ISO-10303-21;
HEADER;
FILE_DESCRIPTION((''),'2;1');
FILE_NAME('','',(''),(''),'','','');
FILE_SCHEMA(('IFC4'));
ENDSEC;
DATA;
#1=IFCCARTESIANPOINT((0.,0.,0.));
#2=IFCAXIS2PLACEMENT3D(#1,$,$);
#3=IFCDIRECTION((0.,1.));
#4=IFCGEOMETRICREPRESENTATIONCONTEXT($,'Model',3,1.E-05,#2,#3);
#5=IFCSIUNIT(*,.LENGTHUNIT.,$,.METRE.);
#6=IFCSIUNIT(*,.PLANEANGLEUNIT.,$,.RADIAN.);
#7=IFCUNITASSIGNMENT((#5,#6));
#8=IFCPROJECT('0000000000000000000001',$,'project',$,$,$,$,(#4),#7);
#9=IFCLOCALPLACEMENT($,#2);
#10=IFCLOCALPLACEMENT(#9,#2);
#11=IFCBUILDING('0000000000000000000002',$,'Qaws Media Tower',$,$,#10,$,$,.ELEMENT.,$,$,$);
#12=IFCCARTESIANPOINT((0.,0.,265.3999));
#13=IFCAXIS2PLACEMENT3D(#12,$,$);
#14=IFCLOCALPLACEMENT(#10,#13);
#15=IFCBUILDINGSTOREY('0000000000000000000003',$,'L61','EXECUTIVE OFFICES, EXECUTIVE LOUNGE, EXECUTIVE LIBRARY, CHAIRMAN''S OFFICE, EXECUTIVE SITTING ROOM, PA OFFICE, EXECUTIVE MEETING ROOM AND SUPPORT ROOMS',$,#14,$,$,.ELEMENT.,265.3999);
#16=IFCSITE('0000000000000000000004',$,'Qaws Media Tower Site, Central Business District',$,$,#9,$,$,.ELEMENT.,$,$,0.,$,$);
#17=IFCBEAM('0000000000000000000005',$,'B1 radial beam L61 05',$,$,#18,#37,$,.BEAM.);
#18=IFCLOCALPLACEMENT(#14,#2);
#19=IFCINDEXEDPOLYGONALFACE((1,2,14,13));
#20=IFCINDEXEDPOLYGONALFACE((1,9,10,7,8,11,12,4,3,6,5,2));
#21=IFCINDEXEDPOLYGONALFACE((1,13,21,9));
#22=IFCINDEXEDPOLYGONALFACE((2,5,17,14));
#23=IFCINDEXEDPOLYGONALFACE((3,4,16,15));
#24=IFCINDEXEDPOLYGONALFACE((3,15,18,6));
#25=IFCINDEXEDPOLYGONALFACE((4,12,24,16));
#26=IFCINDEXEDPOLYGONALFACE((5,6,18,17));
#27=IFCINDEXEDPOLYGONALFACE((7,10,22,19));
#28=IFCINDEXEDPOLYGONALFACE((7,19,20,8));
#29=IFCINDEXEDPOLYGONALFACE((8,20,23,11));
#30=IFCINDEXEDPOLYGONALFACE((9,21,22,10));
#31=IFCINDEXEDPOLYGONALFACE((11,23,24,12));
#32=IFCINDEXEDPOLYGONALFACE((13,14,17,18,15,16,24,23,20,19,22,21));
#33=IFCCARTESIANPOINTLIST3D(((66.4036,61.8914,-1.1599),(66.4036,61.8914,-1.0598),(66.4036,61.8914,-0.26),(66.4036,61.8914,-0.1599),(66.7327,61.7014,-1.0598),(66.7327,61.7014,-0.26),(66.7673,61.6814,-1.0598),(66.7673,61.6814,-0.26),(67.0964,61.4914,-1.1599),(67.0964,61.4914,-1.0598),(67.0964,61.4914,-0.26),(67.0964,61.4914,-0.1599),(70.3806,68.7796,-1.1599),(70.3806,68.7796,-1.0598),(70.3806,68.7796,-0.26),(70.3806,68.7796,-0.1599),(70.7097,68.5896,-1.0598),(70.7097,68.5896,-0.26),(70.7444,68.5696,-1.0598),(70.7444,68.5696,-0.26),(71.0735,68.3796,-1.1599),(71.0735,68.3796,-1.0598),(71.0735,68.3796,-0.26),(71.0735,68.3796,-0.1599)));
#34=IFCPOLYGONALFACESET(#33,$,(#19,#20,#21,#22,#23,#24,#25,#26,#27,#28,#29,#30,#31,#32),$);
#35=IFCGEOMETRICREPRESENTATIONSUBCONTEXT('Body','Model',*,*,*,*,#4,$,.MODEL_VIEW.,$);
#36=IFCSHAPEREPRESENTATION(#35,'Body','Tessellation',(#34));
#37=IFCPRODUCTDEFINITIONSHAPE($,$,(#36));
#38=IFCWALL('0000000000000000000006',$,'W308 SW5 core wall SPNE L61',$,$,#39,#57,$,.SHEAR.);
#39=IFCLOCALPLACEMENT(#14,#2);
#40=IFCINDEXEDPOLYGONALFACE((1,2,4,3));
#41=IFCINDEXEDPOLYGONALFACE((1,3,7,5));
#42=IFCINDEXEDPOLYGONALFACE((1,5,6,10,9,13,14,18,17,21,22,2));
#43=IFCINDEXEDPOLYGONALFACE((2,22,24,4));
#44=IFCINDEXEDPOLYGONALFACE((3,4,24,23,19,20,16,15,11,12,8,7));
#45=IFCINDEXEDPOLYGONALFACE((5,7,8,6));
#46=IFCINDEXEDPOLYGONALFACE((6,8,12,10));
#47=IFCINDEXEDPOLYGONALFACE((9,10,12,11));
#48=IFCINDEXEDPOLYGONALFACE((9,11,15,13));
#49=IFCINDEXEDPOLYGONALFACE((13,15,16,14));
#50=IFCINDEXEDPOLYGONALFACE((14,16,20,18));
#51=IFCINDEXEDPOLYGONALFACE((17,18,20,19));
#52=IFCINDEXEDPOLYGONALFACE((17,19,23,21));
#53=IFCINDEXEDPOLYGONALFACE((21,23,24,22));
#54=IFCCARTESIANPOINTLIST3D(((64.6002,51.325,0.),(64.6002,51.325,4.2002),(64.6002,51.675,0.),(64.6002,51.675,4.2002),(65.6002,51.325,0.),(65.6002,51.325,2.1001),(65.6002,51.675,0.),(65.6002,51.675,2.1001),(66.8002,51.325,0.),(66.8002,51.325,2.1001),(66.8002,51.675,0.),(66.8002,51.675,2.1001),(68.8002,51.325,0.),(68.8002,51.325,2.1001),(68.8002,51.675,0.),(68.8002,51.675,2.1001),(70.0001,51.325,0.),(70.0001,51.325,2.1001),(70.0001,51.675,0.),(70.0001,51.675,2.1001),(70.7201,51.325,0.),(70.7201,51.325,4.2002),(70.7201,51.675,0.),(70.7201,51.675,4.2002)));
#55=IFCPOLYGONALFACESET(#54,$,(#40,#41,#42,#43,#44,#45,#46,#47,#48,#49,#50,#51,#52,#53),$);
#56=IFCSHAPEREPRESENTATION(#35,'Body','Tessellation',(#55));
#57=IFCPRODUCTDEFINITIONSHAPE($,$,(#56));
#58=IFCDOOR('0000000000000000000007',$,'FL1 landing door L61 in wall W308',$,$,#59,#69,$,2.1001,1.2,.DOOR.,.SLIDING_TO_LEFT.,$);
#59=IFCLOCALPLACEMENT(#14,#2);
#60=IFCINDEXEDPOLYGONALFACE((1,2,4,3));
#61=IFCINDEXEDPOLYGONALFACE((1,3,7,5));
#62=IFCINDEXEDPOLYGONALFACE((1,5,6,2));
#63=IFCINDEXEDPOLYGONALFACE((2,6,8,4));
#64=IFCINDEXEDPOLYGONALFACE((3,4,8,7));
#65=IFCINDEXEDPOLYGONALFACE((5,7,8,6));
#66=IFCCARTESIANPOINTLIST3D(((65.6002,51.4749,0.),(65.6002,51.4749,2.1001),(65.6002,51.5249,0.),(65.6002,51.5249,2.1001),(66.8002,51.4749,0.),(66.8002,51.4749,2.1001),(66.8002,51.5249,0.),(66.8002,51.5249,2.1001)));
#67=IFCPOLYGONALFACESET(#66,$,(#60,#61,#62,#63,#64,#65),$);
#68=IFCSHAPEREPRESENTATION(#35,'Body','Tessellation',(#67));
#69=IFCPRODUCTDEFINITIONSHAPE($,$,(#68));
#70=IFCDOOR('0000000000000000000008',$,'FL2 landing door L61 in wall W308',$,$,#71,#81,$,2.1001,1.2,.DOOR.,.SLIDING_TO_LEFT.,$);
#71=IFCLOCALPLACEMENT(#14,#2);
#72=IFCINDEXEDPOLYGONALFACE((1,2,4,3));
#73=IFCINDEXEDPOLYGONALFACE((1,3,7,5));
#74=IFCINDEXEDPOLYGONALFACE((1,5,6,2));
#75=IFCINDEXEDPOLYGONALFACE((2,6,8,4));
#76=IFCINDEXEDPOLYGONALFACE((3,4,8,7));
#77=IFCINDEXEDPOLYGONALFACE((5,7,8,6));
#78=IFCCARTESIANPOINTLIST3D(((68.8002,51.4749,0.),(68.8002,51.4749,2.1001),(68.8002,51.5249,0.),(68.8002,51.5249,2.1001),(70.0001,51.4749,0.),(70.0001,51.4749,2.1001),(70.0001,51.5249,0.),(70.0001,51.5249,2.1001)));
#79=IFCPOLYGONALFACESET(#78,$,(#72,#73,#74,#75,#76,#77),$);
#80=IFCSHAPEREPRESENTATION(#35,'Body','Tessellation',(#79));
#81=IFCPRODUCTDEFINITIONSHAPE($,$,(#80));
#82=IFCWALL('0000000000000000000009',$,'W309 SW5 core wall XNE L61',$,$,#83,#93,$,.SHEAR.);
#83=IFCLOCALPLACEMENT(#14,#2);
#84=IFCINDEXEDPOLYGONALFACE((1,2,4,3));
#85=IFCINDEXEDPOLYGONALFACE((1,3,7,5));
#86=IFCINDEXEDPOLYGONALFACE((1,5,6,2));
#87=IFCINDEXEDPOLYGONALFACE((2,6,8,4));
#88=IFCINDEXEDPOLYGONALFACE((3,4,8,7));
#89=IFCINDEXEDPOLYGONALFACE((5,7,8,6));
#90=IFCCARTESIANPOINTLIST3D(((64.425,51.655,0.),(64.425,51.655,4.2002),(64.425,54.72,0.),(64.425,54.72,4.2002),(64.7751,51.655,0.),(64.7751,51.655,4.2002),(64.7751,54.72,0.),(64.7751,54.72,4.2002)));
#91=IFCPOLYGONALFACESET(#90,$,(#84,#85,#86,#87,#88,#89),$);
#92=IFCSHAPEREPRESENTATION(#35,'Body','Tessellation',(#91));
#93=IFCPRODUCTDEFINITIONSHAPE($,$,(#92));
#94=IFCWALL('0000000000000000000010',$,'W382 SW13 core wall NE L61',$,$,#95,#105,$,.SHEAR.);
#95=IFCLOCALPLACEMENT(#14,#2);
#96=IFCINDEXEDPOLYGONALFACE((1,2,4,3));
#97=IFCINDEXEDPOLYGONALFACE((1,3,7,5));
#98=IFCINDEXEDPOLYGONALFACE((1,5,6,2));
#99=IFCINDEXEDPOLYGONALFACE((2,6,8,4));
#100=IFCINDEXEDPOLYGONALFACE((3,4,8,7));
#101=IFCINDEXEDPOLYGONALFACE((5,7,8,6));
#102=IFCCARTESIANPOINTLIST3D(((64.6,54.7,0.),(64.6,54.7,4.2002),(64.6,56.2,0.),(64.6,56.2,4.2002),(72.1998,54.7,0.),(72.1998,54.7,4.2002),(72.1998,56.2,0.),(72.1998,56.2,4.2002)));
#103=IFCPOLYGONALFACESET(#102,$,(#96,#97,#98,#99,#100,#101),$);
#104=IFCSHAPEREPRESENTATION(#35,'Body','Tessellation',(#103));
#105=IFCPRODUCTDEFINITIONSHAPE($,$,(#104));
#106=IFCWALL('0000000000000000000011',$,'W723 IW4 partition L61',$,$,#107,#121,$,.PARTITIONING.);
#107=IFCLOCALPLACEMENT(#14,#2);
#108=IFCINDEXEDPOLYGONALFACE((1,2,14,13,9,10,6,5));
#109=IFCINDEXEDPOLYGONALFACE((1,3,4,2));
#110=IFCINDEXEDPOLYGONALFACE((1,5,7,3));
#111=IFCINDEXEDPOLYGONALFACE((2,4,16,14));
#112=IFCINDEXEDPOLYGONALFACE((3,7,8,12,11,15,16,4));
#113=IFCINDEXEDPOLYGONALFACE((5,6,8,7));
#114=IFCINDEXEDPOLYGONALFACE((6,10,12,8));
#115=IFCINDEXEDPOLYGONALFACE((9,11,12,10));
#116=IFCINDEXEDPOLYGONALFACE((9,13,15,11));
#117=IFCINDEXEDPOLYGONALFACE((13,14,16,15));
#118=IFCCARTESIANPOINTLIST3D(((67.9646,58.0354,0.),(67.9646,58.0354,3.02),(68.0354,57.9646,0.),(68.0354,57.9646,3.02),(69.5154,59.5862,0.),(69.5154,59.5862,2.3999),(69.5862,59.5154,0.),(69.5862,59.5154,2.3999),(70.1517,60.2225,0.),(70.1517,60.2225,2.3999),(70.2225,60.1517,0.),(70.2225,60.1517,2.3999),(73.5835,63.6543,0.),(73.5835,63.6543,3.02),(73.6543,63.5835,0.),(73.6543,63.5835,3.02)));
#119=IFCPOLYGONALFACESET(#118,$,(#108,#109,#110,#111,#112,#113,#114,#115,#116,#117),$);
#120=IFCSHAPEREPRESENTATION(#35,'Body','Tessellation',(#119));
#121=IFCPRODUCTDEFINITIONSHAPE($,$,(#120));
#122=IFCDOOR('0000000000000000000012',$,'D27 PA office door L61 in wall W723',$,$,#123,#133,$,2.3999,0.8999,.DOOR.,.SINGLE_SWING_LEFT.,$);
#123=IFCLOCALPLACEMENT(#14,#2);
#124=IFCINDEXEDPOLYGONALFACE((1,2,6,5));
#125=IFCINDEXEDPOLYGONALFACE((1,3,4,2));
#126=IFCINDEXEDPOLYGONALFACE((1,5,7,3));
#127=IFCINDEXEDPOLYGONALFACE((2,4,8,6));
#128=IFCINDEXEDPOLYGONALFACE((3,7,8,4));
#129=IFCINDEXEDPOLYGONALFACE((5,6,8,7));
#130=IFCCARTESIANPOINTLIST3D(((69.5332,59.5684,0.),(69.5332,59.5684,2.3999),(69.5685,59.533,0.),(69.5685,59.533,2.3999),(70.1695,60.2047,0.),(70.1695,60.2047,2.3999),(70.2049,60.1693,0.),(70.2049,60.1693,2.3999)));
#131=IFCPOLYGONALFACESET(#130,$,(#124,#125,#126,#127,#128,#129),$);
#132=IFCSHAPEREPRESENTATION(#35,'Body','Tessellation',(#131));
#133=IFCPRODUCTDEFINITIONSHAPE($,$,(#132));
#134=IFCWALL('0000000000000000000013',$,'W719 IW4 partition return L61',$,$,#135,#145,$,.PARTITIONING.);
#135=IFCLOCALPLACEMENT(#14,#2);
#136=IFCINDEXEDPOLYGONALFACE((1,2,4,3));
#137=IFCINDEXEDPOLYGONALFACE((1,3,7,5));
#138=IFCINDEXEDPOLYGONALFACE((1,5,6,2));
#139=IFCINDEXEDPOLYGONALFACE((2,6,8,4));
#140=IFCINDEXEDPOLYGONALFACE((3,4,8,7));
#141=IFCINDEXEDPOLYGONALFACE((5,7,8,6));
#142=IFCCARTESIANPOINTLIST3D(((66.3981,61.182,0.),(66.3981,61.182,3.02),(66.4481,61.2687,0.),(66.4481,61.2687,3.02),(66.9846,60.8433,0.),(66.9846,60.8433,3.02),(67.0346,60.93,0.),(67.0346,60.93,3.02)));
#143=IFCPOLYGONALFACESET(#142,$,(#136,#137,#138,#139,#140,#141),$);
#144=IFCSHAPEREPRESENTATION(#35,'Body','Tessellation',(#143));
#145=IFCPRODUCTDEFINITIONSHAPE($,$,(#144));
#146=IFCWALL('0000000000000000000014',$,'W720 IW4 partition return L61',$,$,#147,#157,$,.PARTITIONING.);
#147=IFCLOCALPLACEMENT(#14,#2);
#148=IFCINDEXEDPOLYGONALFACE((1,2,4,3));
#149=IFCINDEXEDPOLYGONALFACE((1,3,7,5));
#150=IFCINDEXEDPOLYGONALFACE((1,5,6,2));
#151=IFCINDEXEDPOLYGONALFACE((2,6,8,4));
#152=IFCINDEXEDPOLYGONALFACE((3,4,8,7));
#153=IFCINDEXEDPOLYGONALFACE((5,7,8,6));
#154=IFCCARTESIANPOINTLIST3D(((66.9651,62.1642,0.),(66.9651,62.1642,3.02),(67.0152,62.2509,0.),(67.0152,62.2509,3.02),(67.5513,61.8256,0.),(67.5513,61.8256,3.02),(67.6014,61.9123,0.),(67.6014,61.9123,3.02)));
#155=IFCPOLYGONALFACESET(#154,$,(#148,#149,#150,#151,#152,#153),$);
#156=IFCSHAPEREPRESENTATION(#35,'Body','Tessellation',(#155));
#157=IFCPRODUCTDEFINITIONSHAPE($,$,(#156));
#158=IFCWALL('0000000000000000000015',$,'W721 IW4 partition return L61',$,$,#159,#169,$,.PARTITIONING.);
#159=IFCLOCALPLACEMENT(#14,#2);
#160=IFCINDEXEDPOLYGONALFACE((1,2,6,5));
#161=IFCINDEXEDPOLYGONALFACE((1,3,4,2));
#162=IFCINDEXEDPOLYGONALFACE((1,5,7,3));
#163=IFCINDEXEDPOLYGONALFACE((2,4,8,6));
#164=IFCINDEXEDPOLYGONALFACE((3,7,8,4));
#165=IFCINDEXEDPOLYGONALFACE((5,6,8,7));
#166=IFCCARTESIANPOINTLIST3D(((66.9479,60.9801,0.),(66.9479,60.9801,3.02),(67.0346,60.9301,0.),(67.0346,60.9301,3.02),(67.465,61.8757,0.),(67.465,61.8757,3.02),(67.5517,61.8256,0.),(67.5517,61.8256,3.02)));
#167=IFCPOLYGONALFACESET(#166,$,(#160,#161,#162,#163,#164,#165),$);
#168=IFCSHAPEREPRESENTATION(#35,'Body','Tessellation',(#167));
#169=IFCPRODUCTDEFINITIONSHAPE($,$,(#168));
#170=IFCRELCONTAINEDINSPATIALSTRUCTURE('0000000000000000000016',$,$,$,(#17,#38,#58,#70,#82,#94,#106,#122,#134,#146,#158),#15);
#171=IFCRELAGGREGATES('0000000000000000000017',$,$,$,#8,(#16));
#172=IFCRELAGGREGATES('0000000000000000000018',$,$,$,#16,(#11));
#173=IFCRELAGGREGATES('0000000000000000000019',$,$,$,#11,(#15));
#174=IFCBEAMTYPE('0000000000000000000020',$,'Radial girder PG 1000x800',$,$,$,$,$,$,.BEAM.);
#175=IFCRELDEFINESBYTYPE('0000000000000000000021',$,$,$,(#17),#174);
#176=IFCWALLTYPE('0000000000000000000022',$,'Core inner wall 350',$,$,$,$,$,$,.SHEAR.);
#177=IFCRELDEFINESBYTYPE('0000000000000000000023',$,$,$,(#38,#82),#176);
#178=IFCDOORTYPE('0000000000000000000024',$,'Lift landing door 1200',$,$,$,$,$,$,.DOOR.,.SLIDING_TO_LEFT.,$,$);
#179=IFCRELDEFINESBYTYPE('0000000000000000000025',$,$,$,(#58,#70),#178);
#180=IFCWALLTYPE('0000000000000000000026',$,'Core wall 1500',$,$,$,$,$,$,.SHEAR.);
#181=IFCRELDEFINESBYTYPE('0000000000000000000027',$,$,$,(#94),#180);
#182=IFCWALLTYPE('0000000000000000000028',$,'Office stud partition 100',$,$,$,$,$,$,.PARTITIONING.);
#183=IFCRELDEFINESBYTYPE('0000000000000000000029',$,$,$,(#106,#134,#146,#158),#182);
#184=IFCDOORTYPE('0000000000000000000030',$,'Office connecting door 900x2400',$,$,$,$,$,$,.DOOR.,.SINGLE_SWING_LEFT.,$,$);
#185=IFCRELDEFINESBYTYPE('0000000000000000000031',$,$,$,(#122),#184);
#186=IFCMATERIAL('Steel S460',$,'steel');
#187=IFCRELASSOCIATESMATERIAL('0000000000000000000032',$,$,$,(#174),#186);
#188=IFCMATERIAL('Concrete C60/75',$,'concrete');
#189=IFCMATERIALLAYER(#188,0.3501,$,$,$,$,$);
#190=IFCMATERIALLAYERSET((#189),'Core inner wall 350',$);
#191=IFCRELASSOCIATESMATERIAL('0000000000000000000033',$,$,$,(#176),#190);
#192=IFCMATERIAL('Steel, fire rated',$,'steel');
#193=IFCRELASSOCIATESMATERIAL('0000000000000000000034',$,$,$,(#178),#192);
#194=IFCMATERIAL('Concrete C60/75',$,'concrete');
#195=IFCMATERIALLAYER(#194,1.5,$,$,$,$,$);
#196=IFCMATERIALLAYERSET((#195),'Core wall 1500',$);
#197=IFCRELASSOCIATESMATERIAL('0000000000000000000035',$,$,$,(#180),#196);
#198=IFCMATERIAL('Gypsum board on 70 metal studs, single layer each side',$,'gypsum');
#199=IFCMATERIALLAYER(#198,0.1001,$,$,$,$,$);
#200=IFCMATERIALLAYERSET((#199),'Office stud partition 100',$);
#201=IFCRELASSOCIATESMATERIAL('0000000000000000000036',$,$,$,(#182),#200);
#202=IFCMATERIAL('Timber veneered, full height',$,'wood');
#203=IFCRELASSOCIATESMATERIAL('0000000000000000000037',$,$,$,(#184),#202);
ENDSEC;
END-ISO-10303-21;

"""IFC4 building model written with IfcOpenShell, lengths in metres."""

from ifc_helpers import new_model, si_unit, direction, frame, frame_2d, origin, origin_2d, place, context, subcontext, project, spatial, rectangle, i_section, extrude, material, layer, layer_set, material_profile, profile_set, type_object, element, fill, save


model = new_model("IFC4")

# Units and contexts
model_context = context("Model", 3, precision=1e-05, world=origin(), true_north=direction((0.0, 1.0)))
body_context = subcontext(model_context, "Body", "Model", "MODEL_VIEW")
ifc_project = project(units=[si_unit("LENGTHUNIT", "METRE"), si_unit("PLANEANGLEUNIT", "RADIAN")], contexts=[model_context])

# Site, building, storey
site_placement = place(None, origin())
site = spatial("IfcSite", under=ifc_project, at=site_placement, Name="Qaws Media Tower Site, Central Business District", CompositionType="ELEMENT", RefElevation=0.0)
building_placement = place(site_placement, origin())
building = spatial("IfcBuilding", under=site, at=building_placement, Name="Qaws Media Tower", CompositionType="ELEMENT")
storey_placement = place(building_placement, frame((0.0, 0.0, 265.3999)))
storey = spatial("IfcBuildingStorey", under=building, at=storey_placement, Name="L61", Description="EXECUTIVE OFFICES, EXECUTIVE LOUNGE, EXECUTIVE LIBRARY, CHAIRMAN'S OFFICE, EXECUTIVE SITTING ROOM, PA OFFICE, EXECUTIVE MEETING ROOM AND SUPPORT ROOMS", CompositionType="ELEMENT", Elevation=265.3999)

# Beam
ifc_material_1 = material(Name="Steel S460", Category="steel")
ifc_material_profile_1 = material_profile(ifc_material_1, i_section(OverallWidth=0.8, OverallDepth=1.0, WebThickness=0.04, FlangeThickness=0.1001, at=origin_2d()), Name="PG 1000x800")
ifc_profile_set_1 = profile_set([ifc_material_profile_1], Name="Steel S460")
beam_type_1 = type_object("IfcBeamType", Name="Radial girder PG 1000x800", PredefinedType="BEAM", material=ifc_profile_set_1)
beam_1_placement = place(storey_placement, frame((66.75, 61.6914, -0.6599), z_axis=(0.500015, 0.866017, 0.0), x_axis=(-0.866017, 0.500015, 0.0)))
element("IfcBeam", 1, at=beam_1_placement, inside=storey, type_object=beam_type_1, Name="B1 radial beam L61 05", PredefinedType="BEAM", context=body_context, shape_type="SweptSolid", body=[
    extrude(i_section(OverallWidth=0.8, OverallDepth=1.0, WebThickness=0.04, FlangeThickness=0.1001, at=origin_2d()), origin(), (0.0, 0.0, 1.0), 7.9539),
])

# Wall, openings, doors
ifc_material_2 = material(Name="Concrete C60/75", Category="concrete")
ifc_layer_1 = layer(ifc_material_2, 0.3501)
ifc_layer_set_1 = layer_set([ifc_layer_1], Name="Core inner wall 350")
wall_type_1 = type_object("IfcWallType", Name="Core inner wall 350", PredefinedType="SHEAR", material=ifc_layer_set_1)
wall_1_placement = place(storey_placement, frame((64.6001, 51.5, 0.0), z_axis=(0.0, 0.0, 1.0), x_axis=(1.0, 0.0, 0.0)))
wall_1 = element("IfcWall", 2, at=wall_1_placement, inside=storey, type_object=wall_type_1, Name="W308 SW5 core wall SPNE L61", PredefinedType="SHEAR", context=body_context, shape_type="SweptSolid", body=[
    extrude(rectangle(XDim=6.1199, YDim=0.3501, at=frame_2d((3.0601, 0.0))), origin(), (0.0, 0.0, 1.0), 4.2002),
])
opening_1_placement = place(wall_1_placement, frame((1.0, 0.0, 0.0)))
opening_1 = element("IfcOpeningElement", 3, at=opening_1_placement, cuts=wall_1, PredefinedType="OPENING", context=body_context, shape_type="SweptSolid", body=[
    extrude(rectangle(XDim=1.2, YDim=2.1001, at=frame_2d((0.6001, 1.05))), frame((0.0, 0.1851, 0.0), z_axis=(0.0, -1.0, 0.0), x_axis=(1.0, 0.0, 0.0)), (0.0, 0.0, 1.0), 0.3701),
])
opening_2_placement = place(wall_1_placement, frame((4.2, 0.0, 0.0)))
opening_2 = element("IfcOpeningElement", 4, at=opening_2_placement, cuts=wall_1, PredefinedType="OPENING", context=body_context, shape_type="SweptSolid", body=[
    extrude(rectangle(XDim=1.2, YDim=2.1001, at=frame_2d((0.6001, 1.05))), frame((0.0, 0.1851, 0.0), z_axis=(0.0, -1.0, 0.0), x_axis=(1.0, 0.0, 0.0)), (0.0, 0.0, 1.0), 0.3701),
])
ifc_material_3 = material(Name="Steel, fire rated", Category="steel")
door_type_1 = type_object("IfcDoorType", Name="Lift landing door 1200", OperationType="SLIDING_TO_LEFT", PredefinedType="DOOR", material=ifc_material_3)
door_1_placement = place(opening_1_placement, origin())
door_1 = element("IfcDoor", 5, at=door_1_placement, inside=storey, type_object=door_type_1, Name="FL1 landing door L61 in wall W308", OperationType="SLIDING_TO_LEFT", OverallHeight=2.1001, OverallWidth=1.2, PredefinedType="DOOR", context=body_context, shape_type="SweptSolid", body=[
    extrude(rectangle(XDim=1.2, YDim=2.1001, at=frame_2d((0.6001, 1.05))), frame((0.0, 0.0249, 0.0), z_axis=(0.0, -1.0, 0.0), x_axis=(1.0, 0.0, 0.0)), (0.0, 0.0, 1.0), 0.05),
])
fill(opening_1, door_1)
door_2_placement = place(opening_2_placement, origin())
door_2 = element("IfcDoor", 6, at=door_2_placement, inside=storey, type_object=door_type_1, Name="FL2 landing door L61 in wall W308", OperationType="SLIDING_TO_LEFT", OverallHeight=2.1001, OverallWidth=1.2, PredefinedType="DOOR", context=body_context, shape_type="SweptSolid", body=[
    extrude(rectangle(XDim=1.2, YDim=2.1001, at=frame_2d((0.6001, 1.05))), frame((0.0, 0.0249, 0.0), z_axis=(0.0, -1.0, 0.0), x_axis=(1.0, 0.0, 0.0)), (0.0, 0.0, 1.0), 0.05),
])
fill(opening_2, door_2)

# Walls
wall_2_placement = place(storey_placement, frame((64.6001, 51.655, 0.0), z_axis=(0.0, 0.0, 1.0), x_axis=(0.0, 1.0, 0.0)))
element("IfcWall", 7, at=wall_2_placement, inside=storey, type_object=wall_type_1, Name="W309 SW5 core wall XNE L61", PredefinedType="SHEAR", context=body_context, shape_type="SweptSolid", body=[
    extrude(rectangle(XDim=3.0649, YDim=0.3501, at=frame_2d((1.5325, 0.0))), origin(), (0.0, 0.0, 1.0), 4.2002),
])
ifc_material_4 = material(Name="Concrete C60/75", Category="concrete")
ifc_layer_2 = layer(ifc_material_4, 1.5)
ifc_layer_set_2 = layer_set([ifc_layer_2], Name="Core wall 1500")
wall_type_2 = type_object("IfcWallType", Name="Core wall 1500", PredefinedType="SHEAR", material=ifc_layer_set_2)
wall_3_placement = place(storey_placement, frame((64.6001, 55.45, 0.0), z_axis=(0.0, 0.0, 1.0), x_axis=(1.0, 0.0, 0.0)))
element("IfcWall", 8, at=wall_3_placement, inside=storey, type_object=wall_type_2, Name="W382 SW13 core wall NE L61", PredefinedType="SHEAR", context=body_context, shape_type="SweptSolid", body=[
    extrude(rectangle(XDim=7.5999, YDim=1.5, at=frame_2d((3.7998, 0.0))), origin(), (0.0, 0.0, 1.0), 4.2002),
])

# Wall, opening, door
ifc_material_5 = material(Name="Gypsum board on 70 metal studs, single layer each side", Category="gypsum")
ifc_layer_3 = layer(ifc_material_5, 0.1001)
ifc_layer_set_3 = layer_set([ifc_layer_3], Name="Office stud partition 100")
wall_type_3 = type_object("IfcWallType", Name="Office stud partition 100", PredefinedType="PARTITIONING", material=ifc_layer_set_3)
wall_4_placement = place(storey_placement, frame((68.0, 58.0, 0.0), z_axis=(0.0, 0.0, 1.0), x_axis=(0.707107, 0.707107, 0.0)))
wall_4 = element("IfcWall", 9, at=wall_4_placement, inside=storey, type_object=wall_type_3, Name="W723 IW4 partition L61", PredefinedType="PARTITIONING", context=body_context, shape_type="SweptSolid", body=[
    extrude(rectangle(XDim=7.9463, YDim=0.1001, at=frame_2d((3.9731, 0.0))), origin(), (0.0, 0.0, 1.0), 3.02),
])
opening_3_placement = place(wall_4_placement, frame((2.1931, 0.0, 0.0)))
opening_3 = element("IfcOpeningElement", 10, at=opening_3_placement, cuts=wall_4, PredefinedType="OPENING", context=body_context, shape_type="SweptSolid", body=[
    extrude(rectangle(XDim=0.8999, YDim=2.3999, at=frame_2d((0.45, 1.2))), frame((0.0, 0.0601, 0.0), z_axis=(0.0, -1.0, 0.0), x_axis=(1.0, 0.0, 0.0)), (0.0, 0.0, 1.0), 0.1201),
])
ifc_material_6 = material(Name="Timber veneered, full height", Category="wood")
door_type_2 = type_object("IfcDoorType", Name="Office connecting door 900x2400", OperationType="SINGLE_SWING_LEFT", PredefinedType="DOOR", material=ifc_material_6)
door_3_placement = place(opening_3_placement, origin())
door_3 = element("IfcDoor", 11, at=door_3_placement, inside=storey, type_object=door_type_2, Name="D27 PA office door L61 in wall W723", OperationType="SINGLE_SWING_LEFT", OverallHeight=2.3999, OverallWidth=0.8999, PredefinedType="DOOR", context=body_context, shape_type="SweptSolid", body=[
    extrude(rectangle(XDim=0.8999, YDim=2.3999, at=frame_2d((0.45, 1.2))), frame((0.0, 0.0249, 0.0), z_axis=(0.0, -1.0, 0.0), x_axis=(1.0, 0.0, 0.0)), (0.0, 0.0, 1.0), 0.05),
])
fill(opening_3, door_3)

# Walls
wall_5_placement = place(storey_placement, frame((66.4231, 61.2253, 0.0), z_axis=(0.0, 0.0, 1.0), x_axis=(0.865993, -0.500055, 0.0)))
element("IfcWall", 12, at=wall_5_placement, inside=storey, type_object=wall_type_3, Name="W719 IW4 partition return L61", PredefinedType="PARTITIONING", context=body_context, shape_type="SweptSolid", body=[
    extrude(rectangle(XDim=0.6772, YDim=0.1001, at=frame_2d((0.3386, 0.0))), origin(), (0.0, 0.0, 1.0), 3.02),
])
wall_6_placement = place(storey_placement, frame((66.9902, 62.2075, 0.0), z_axis=(0.0, 0.0, 1.0), x_axis=(0.865903, -0.500212, 0.0)))
element("IfcWall", 13, at=wall_6_placement, inside=storey, type_object=wall_type_3, Name="W720 IW4 partition return L61", PredefinedType="PARTITIONING", context=body_context, shape_type="SweptSolid", body=[
    extrude(rectangle(XDim=0.677, YDim=0.1001, at=frame_2d((0.3384, 0.0))), origin(), (0.0, 0.0, 1.0), 3.02),
])
wall_7_placement = place(storey_placement, frame((66.9912, 60.9551, 0.0), z_axis=(0.0, 0.0, 1.0), x_axis=(0.500049, 0.865997, 0.0)))
element("IfcWall", 14, at=wall_7_placement, inside=storey, type_object=wall_type_3, Name="W721 IW4 partition return L61", PredefinedType="PARTITIONING", context=body_context, shape_type="SweptSolid", body=[
    extrude(rectangle(XDim=1.0342, YDim=0.1001, at=frame_2d((0.5171, 0.0))), origin(), (0.0, 0.0, 1.0), 3.02),
])

save(model, "model.ifc")
